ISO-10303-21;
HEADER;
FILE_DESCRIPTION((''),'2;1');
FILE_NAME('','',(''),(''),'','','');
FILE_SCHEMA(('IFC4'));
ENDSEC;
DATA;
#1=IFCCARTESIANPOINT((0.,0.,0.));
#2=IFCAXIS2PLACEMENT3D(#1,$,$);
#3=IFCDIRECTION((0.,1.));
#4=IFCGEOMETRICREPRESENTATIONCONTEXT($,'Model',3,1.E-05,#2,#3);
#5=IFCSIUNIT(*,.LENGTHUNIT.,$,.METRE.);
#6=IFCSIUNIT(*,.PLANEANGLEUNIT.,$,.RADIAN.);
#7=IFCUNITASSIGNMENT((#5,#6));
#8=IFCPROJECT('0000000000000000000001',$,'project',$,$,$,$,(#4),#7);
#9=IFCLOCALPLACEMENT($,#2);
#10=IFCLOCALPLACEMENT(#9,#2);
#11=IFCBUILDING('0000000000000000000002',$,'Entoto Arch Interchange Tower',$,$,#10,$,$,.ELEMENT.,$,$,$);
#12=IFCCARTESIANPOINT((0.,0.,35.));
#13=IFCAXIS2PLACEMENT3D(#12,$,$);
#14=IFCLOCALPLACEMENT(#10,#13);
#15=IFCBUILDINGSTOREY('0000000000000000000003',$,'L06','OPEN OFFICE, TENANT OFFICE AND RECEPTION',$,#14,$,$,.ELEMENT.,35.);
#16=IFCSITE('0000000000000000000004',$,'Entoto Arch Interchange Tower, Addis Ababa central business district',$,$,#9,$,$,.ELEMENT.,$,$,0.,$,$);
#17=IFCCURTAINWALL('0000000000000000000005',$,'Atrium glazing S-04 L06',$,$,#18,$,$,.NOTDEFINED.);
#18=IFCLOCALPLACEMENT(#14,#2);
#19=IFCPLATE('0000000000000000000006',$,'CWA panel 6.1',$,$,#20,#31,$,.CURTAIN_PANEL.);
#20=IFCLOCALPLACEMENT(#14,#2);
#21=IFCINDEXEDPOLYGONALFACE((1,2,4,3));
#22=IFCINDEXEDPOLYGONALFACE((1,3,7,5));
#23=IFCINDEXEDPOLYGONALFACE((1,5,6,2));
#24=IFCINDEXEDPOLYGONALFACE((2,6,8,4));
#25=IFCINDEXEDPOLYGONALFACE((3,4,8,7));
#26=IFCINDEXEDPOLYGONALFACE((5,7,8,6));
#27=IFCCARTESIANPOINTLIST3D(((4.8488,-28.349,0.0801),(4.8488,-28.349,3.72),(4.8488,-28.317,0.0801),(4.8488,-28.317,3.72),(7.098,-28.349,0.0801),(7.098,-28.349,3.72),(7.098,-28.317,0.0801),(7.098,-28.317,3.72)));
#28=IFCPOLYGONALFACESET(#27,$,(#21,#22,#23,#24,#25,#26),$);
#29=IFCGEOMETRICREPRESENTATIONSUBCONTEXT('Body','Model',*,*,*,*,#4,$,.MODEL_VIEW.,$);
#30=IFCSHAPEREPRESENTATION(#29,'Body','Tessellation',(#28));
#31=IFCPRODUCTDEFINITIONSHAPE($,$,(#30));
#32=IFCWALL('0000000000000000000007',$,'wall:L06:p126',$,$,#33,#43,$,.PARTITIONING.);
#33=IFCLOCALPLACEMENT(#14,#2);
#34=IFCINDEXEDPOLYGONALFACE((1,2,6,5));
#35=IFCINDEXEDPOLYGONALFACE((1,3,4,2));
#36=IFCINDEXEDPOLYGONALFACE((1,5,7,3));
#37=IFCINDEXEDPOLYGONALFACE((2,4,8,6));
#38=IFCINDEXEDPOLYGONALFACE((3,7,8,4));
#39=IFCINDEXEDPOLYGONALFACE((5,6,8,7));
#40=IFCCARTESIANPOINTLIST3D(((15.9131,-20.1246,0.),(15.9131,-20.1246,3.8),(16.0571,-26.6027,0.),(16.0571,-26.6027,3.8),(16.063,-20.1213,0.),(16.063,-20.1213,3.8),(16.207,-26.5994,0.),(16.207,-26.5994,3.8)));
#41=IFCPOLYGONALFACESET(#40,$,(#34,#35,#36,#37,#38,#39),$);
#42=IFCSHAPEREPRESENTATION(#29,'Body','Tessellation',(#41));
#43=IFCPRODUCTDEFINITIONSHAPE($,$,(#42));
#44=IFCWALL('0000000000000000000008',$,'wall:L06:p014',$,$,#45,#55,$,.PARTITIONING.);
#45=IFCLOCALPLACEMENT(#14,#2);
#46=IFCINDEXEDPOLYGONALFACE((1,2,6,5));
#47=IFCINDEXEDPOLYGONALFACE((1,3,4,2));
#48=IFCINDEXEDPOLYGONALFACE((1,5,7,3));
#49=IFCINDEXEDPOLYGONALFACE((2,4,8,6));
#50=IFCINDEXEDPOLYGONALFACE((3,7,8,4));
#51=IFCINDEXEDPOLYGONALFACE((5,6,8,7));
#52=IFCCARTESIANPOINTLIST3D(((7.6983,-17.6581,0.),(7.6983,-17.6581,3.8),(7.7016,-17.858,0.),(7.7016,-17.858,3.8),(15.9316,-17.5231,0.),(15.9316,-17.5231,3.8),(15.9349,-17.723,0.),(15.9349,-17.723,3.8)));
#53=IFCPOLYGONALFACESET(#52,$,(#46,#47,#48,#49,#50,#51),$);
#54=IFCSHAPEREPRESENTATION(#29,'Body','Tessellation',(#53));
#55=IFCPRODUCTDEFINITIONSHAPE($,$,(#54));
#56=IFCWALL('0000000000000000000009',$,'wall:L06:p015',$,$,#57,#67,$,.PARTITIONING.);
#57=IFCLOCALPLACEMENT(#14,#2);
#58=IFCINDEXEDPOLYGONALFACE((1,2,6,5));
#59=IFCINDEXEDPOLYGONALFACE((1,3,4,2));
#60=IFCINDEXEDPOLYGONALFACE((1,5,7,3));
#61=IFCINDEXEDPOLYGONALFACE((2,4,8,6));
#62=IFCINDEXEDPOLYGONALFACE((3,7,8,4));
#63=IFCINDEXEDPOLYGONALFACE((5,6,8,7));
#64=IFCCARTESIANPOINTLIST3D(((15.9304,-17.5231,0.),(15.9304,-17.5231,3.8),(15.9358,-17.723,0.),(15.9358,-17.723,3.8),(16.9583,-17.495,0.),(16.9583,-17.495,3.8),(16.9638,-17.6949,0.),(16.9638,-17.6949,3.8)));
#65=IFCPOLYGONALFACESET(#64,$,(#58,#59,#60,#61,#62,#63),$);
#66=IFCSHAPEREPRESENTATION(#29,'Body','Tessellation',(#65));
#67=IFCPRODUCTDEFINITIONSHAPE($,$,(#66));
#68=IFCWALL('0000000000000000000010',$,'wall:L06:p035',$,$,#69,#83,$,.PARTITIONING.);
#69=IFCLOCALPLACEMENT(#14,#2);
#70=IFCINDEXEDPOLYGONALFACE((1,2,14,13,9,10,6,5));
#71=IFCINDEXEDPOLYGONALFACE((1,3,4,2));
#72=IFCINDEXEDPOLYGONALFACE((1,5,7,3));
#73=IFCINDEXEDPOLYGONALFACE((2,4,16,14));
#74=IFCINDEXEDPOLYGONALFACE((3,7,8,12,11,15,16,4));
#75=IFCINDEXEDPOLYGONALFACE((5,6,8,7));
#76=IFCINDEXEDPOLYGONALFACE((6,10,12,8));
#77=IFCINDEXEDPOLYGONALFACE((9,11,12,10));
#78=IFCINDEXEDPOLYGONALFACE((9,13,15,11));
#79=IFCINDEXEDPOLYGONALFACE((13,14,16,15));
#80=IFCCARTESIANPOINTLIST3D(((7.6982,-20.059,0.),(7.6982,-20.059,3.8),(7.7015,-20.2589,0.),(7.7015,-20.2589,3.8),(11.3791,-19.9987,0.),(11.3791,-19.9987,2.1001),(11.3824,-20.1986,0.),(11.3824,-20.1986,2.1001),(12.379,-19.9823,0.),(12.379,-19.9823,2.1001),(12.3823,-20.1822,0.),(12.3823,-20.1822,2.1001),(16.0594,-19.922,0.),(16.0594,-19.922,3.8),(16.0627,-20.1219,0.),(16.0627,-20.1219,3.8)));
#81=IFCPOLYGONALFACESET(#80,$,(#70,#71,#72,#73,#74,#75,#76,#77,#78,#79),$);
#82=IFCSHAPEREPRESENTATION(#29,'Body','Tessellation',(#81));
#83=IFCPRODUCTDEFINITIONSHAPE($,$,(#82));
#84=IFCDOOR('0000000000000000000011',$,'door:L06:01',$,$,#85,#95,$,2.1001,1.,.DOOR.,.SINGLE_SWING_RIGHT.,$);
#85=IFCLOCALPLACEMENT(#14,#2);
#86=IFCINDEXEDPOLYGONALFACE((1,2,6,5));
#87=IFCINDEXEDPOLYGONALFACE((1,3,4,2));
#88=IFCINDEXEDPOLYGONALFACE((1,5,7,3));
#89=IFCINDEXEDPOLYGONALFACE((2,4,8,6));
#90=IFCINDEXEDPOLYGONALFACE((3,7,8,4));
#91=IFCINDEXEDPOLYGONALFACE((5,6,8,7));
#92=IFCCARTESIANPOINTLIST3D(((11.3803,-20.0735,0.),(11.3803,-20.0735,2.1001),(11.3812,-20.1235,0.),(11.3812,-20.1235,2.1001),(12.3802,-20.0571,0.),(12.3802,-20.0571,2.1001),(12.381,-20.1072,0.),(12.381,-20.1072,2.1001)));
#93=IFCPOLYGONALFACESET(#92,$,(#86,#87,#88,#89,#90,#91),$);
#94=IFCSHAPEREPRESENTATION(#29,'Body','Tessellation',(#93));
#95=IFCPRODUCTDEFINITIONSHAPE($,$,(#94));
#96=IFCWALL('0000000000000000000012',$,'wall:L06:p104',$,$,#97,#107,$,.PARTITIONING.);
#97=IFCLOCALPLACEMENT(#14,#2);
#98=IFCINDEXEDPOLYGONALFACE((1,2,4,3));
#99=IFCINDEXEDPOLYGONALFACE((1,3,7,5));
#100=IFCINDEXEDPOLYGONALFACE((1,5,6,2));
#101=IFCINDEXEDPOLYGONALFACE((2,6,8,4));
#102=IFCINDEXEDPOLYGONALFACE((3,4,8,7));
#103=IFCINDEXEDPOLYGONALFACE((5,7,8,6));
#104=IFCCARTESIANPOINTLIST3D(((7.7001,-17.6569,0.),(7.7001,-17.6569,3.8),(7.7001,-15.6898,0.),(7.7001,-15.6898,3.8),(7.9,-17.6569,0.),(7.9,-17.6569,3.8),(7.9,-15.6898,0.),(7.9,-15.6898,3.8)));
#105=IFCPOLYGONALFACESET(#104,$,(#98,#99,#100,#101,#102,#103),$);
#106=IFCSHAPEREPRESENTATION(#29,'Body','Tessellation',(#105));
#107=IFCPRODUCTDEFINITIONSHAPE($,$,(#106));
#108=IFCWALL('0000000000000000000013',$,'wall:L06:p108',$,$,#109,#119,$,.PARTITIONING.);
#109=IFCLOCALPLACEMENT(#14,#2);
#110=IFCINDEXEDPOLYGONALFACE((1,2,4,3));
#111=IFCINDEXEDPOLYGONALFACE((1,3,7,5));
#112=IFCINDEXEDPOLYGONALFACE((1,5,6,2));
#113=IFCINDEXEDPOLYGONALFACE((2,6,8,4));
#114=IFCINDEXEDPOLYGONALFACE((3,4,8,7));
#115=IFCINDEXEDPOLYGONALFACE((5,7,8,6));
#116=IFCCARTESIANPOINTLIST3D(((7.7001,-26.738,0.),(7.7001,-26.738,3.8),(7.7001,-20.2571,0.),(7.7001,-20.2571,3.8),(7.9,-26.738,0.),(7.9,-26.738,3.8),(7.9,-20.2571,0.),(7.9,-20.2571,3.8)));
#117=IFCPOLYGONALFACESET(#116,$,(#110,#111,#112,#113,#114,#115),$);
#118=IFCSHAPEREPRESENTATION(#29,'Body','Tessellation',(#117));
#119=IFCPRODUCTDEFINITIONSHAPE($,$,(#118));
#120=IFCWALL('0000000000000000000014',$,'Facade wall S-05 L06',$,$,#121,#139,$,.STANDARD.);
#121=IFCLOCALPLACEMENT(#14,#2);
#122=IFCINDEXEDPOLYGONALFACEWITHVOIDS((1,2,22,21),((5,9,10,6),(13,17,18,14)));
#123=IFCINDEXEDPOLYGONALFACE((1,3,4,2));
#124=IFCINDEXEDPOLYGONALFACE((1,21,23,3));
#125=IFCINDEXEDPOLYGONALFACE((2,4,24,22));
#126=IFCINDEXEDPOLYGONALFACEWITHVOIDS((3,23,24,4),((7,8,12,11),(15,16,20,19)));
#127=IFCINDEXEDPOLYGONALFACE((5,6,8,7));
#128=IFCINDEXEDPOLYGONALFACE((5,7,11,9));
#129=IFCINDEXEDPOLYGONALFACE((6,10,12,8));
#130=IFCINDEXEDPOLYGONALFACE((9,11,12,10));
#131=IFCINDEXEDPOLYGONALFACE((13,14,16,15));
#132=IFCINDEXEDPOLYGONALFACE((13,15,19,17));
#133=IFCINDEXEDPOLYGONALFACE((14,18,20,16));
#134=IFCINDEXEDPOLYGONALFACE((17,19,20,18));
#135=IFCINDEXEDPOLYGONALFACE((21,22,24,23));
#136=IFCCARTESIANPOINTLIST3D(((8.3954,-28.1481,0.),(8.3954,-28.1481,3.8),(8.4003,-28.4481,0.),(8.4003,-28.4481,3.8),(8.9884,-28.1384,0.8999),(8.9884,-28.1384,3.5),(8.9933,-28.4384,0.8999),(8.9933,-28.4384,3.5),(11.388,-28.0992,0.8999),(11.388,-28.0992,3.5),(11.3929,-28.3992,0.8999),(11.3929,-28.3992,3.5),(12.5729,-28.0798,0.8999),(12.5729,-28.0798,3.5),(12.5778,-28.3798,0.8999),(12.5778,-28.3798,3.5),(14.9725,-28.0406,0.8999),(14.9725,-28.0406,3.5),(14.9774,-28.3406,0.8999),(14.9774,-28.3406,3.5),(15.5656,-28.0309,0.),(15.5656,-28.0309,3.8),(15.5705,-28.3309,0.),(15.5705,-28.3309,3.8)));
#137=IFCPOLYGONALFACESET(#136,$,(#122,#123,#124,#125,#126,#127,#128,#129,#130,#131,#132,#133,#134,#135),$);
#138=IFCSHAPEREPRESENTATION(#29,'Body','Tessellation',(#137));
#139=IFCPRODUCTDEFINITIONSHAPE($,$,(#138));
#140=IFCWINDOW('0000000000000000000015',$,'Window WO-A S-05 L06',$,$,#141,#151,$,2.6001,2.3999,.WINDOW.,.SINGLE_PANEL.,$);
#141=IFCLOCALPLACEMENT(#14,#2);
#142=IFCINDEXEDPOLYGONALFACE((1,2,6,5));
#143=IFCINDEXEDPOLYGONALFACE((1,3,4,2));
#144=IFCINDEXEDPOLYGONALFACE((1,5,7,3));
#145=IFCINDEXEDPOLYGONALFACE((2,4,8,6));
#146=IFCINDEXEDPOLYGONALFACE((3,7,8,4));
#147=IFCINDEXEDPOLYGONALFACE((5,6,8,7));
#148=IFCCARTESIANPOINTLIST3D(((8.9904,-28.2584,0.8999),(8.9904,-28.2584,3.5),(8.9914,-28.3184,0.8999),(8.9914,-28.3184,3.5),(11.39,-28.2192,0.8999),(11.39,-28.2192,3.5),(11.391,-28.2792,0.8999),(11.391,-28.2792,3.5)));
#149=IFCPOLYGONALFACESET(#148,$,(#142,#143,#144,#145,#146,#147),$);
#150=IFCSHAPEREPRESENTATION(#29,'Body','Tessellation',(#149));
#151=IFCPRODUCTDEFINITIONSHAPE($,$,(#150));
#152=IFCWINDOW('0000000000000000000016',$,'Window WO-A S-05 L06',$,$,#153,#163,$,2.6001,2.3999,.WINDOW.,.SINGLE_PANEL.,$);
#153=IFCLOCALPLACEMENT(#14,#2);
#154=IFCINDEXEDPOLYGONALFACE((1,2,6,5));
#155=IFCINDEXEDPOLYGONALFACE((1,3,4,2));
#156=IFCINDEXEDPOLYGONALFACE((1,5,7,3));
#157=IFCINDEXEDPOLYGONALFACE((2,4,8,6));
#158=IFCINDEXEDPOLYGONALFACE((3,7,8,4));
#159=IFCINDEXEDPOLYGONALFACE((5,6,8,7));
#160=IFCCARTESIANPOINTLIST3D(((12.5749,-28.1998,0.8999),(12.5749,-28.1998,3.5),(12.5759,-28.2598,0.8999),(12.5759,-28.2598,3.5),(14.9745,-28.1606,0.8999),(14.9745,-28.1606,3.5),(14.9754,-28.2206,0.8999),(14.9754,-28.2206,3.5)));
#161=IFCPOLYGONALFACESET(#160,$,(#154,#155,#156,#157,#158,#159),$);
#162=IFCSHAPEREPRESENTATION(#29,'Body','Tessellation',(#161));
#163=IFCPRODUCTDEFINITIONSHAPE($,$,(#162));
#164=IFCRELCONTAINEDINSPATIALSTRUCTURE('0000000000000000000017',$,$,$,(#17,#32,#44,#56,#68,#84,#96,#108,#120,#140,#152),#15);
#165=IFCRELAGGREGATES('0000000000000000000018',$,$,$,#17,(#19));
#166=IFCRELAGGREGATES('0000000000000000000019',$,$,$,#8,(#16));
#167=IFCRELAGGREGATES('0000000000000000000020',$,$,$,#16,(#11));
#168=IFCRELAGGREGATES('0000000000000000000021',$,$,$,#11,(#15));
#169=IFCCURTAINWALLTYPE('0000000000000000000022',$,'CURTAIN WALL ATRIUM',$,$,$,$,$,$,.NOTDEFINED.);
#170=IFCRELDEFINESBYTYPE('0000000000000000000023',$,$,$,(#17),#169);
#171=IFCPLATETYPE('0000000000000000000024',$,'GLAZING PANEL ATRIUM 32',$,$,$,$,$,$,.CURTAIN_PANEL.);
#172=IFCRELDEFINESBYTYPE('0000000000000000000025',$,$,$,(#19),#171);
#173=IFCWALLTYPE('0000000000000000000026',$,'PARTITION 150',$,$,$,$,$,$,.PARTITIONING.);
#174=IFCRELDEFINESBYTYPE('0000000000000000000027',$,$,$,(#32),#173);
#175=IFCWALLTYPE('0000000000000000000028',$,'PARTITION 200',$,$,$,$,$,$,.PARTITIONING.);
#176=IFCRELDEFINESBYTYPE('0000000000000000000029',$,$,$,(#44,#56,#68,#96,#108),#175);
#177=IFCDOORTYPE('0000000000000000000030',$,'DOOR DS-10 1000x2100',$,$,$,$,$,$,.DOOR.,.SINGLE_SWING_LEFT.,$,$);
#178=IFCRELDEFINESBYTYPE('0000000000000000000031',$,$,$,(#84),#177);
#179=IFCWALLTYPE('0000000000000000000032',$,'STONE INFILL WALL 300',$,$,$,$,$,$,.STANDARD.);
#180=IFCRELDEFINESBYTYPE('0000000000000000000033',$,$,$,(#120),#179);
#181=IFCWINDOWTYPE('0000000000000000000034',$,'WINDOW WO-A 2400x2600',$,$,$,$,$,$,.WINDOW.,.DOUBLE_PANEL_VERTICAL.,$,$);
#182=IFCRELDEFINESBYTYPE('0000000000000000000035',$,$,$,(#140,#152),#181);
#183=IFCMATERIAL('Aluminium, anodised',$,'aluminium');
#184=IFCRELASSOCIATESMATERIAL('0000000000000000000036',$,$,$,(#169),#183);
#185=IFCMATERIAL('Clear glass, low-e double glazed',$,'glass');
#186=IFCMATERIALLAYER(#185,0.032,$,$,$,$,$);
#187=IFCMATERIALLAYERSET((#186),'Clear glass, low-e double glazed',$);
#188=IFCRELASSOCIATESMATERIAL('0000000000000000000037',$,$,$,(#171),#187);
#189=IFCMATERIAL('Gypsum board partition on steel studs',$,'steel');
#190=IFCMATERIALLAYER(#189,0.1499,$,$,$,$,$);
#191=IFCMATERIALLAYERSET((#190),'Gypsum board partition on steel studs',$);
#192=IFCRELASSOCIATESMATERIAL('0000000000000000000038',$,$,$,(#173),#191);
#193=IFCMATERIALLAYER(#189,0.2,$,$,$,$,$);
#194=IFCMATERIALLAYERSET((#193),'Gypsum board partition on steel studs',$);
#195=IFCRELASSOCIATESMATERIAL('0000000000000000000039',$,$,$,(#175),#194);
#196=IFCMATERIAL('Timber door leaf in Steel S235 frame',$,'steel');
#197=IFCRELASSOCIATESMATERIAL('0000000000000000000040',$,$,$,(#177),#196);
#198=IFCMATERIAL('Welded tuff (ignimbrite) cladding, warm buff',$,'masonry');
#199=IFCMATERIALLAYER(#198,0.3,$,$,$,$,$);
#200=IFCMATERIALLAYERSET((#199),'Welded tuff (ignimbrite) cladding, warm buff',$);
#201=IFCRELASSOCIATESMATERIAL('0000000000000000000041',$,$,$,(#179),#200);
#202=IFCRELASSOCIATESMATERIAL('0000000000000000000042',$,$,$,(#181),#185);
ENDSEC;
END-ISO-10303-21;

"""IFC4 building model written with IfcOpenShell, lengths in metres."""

from ifc_helpers import new_model, si_unit, direction, frame, frame_2d, origin, origin_2d, place, context, subcontext, project, spatial, rectangle, extrude, material, layer, layer_set, type_object, element, fill, aggregate, save


model = new_model("IFC4")

# Units and contexts
model_context = context("Model", 3, precision=1e-05, world=origin(), true_north=direction((0.0, 1.0)))
body_context = subcontext(model_context, "Body", "Model", "MODEL_VIEW")
ifc_project = project(units=[si_unit("LENGTHUNIT", "METRE"), si_unit("PLANEANGLEUNIT", "RADIAN")], contexts=[model_context])

# Site, building, storey
site_placement = place(None, origin())
site = spatial("IfcSite", under=ifc_project, at=site_placement, Name="Entoto Arch Interchange Tower, Addis Ababa central business district", CompositionType="ELEMENT", RefElevation=0.0)
building_placement = place(site_placement, origin())
building = spatial("IfcBuilding", under=site, at=building_placement, Name="Entoto Arch Interchange Tower", CompositionType="ELEMENT")
storey_placement = place(building_placement, frame((0.0, 0.0, 35.0)))
storey = spatial("IfcBuildingStorey", under=building, at=storey_placement, Name="L06", Description="OPEN OFFICE, TENANT OFFICE AND RECEPTION", CompositionType="ELEMENT", Elevation=35.0)

# Curtain wall, plate
ifc_material_1 = material(Name="Aluminium, anodised", Category="aluminium")
curtain_wall_type = type_object("IfcCurtainWallType", Name="CURTAIN WALL ATRIUM", PredefinedType="NOTDEFINED", material=ifc_material_1)
curtain_wall_placement = place(storey_placement, origin())
curtain_wall = element("IfcCurtainWall", 1, at=curtain_wall_placement, inside=storey, type_object=curtain_wall_type, Name="Atrium glazing S-04 L06", PredefinedType="NOTDEFINED")
ifc_material_2 = material(Name="Clear glass, low-e double glazed", Category="glass")
ifc_layer_1 = layer(ifc_material_2, 0.032)
ifc_layer_set_1 = layer_set([ifc_layer_1], Name="Clear glass, low-e double glazed")
plate_type = type_object("IfcPlateType", Name="GLAZING PANEL ATRIUM 32", PredefinedType="CURTAIN_PANEL", material=ifc_layer_set_1)
plate_1_placement = place(storey_placement, frame((5.9734, -28.333, 0.0801), z_axis=(0.0, 0.0, 1.0), x_axis=(1.0, 0.0, 0.0)))
plate_1 = element("IfcPlate", 2, at=plate_1_placement, type_object=plate_type, Name="CWA panel 6.1", PredefinedType="CURTAIN_PANEL", context=body_context, shape_type="SweptSolid", body=[
    extrude(rectangle(XDim=2.2493, YDim=0.032, at=origin_2d()), origin(), (0.0, 0.0, 1.0), 3.6399),
])
aggregate(curtain_wall, [plate_1])

# Walls
ifc_material_3 = material(Name="Gypsum board partition on steel studs", Category="steel")
ifc_layer_2 = layer(ifc_material_3, 0.1499)
ifc_layer_set_2 = layer_set([ifc_layer_2], Name="Gypsum board partition on steel studs")
wall_type_1 = type_object("IfcWallType", Name="PARTITION 150", PredefinedType="PARTITIONING", material=ifc_layer_set_2)
wall_1_placement = place(storey_placement, frame((15.988, -20.123, 0.0), z_axis=(0.0, 0.0, 1.0), x_axis=(0.02223, -0.999753, 0.0)))
element("IfcWall", 3, at=wall_1_placement, inside=storey, type_object=wall_type_1, Name="wall:L06:p126", PredefinedType="PARTITIONING", context=body_context, shape_type="SweptSolid", body=[
    extrude(rectangle(XDim=6.4797, YDim=0.1499, at=frame_2d((3.2397, 0.0))), origin(), (0.0, 0.0, 1.0), 3.8),
])
ifc_layer_3 = layer(ifc_material_3, 0.2)
ifc_layer_set_3 = layer_set([ifc_layer_3], Name="Gypsum board partition on steel studs")
wall_type_2 = type_object("IfcWallType", Name="PARTITION 200", PredefinedType="PARTITIONING", material=ifc_layer_set_3)
wall_2_placement = place(storey_placement, frame((7.7, -17.7581, 0.0), z_axis=(0.0, 0.0, 1.0), x_axis=(0.999866, 0.016396, 0.0)))
element("IfcWall", 4, at=wall_2_placement, inside=storey, type_object=wall_type_2, Name="wall:L06:p014", PredefinedType="PARTITIONING", context=body_context, shape_type="SweptSolid", body=[
    extrude(rectangle(XDim=8.2344, YDim=0.2, at=frame_2d((4.1172, 0.0))), origin(), (0.0, 0.0, 1.0), 3.8),
])
wall_3_placement = place(storey_placement, frame((15.9331, -17.623, 0.0), z_axis=(0.0, 0.0, 1.0), x_axis=(0.999627, 0.027306, 0.0)))
element("IfcWall", 5, at=wall_3_placement, inside=storey, type_object=wall_type_2, Name="wall:L06:p015", PredefinedType="PARTITIONING", context=body_context, shape_type="SweptSolid", body=[
    extrude(rectangle(XDim=1.0283, YDim=0.2, at=frame_2d((0.5142, 0.0))), origin(), (0.0, 0.0, 1.0), 3.8),
])

# Wall, opening, door
wall_4_placement = place(storey_placement, frame((16.061, -20.022, 0.0), z_axis=(0.0, 0.0, 1.0), x_axis=(-0.999866, -0.016379, 0.0)))
wall_4 = element("IfcWall", 6, at=wall_4_placement, inside=storey, type_object=wall_type_2, Name="wall:L06:p035", PredefinedType="PARTITIONING", context=body_context, shape_type="SweptSolid", body=[
    extrude(rectangle(XDim=8.3623, YDim=0.2, at=frame_2d((4.1812, 0.0))), origin(), (0.0, 0.0, 1.0), 3.8),
])
opening_1_placement = place(wall_4_placement, frame((3.6809, 0.0, 0.0)))
opening_1 = element("IfcOpeningElement", 7, at=opening_1_placement, cuts=wall_4, PredefinedType="OPENING", context=body_context, shape_type="SweptSolid", body=[
    extrude(rectangle(XDim=1.0, YDim=2.1001, at=frame_2d((0.5, 1.05))), frame((0.0, 0.1099, 0.0), z_axis=(0.0, -1.0, 0.0), x_axis=(1.0, 0.0, 0.0)), (0.0, 0.0, 1.0), 0.22),
])
ifc_material_4 = material(Name="Timber door leaf in Steel S235 frame", Category="steel")
door_type = type_object("IfcDoorType", Name="DOOR DS-10 1000x2100", OperationType="SINGLE_SWING_LEFT", PredefinedType="DOOR", material=ifc_material_4)
door_placement = place(opening_1_placement, origin())
door = element("IfcDoor", 8, at=door_placement, inside=storey, type_object=door_type, Name="door:L06:01", OperationType="SINGLE_SWING_RIGHT", OverallHeight=2.1001, OverallWidth=1.0, PredefinedType="DOOR", context=body_context, shape_type="SweptSolid", body=[
    extrude(rectangle(XDim=1.0, YDim=2.1001, at=frame_2d((0.5, 1.05))), frame((0.0, 0.0249, 0.0), z_axis=(0.0, -1.0, 0.0), x_axis=(1.0, 0.0, 0.0)), (0.0, 0.0, 1.0), 0.05),
])
fill(opening_1, door)

# Walls
wall_5_placement = place(storey_placement, frame((7.8, -15.6899, 0.0), z_axis=(0.0, 0.0, 1.0), x_axis=(0.0, -1.0, 0.0)))
element("IfcWall", 9, at=wall_5_placement, inside=storey, type_object=wall_type_2, Name="wall:L06:p104", PredefinedType="PARTITIONING", context=body_context, shape_type="SweptSolid", body=[
    extrude(rectangle(XDim=1.967, YDim=0.2, at=frame_2d((0.9834, 0.0))), origin(), (0.0, 0.0, 1.0), 3.8),
])
wall_6_placement = place(storey_placement, frame((7.8, -20.2571, 0.0), z_axis=(0.0, 0.0, 1.0), x_axis=(0.0, -1.0, 0.0)))
element("IfcWall", 10, at=wall_6_placement, inside=storey, type_object=wall_type_2, Name="wall:L06:p108", PredefinedType="PARTITIONING", context=body_context, shape_type="SweptSolid", body=[
    extrude(rectangle(XDim=6.481, YDim=0.2, at=frame_2d((3.2405, 0.0))), origin(), (0.0, 0.0, 1.0), 3.8),
])

# Wall, openings, windows
ifc_material_5 = material(Name="Welded tuff (ignimbrite) cladding, warm buff", Category="masonry")
ifc_layer_4 = layer(ifc_material_5, 0.3)
ifc_layer_set_4 = layer_set([ifc_layer_4], Name="Welded tuff (ignimbrite) cladding, warm buff")
wall_type_3 = type_object("IfcWallType", Name="STONE INFILL WALL 300", PredefinedType="STANDARD", material=ifc_layer_set_4)
wall_7_placement = place(storey_placement, frame((8.3979, -28.2981, 0.0), z_axis=(0.0, 0.0, 1.0), x_axis=(0.999866, 0.016342, 0.0)))
wall_7 = element("IfcWall", 11, at=wall_7_placement, inside=storey, type_object=wall_type_3, Name="Facade wall S-05 L06", PredefinedType="STANDARD", context=body_context, shape_type="SweptSolid", body=[
    extrude(rectangle(XDim=7.1711, YDim=0.3, at=frame_2d((3.5854, 0.0))), origin(), (0.0, 0.0, 1.0), 3.8),
])
opening_2_placement = place(wall_7_placement, frame((0.593, 0.0, 0.8999)))
opening_2 = element("IfcOpeningElement", 12, at=opening_2_placement, cuts=wall_7, PredefinedType="OPENING", context=body_context, shape_type="SweptSolid", body=[
    extrude(rectangle(XDim=2.3999, YDim=2.6001, at=frame_2d((1.2, 1.3))), frame((0.0, 0.1602, 0.0), z_axis=(0.0, -1.0, 0.0), x_axis=(1.0, 0.0, 0.0)), (0.0, 0.0, 1.0), 0.3201),
])
opening_3_placement = place(wall_7_placement, frame((4.178, 0.0, 0.8999)))
opening_3 = element("IfcOpeningElement", 13, at=opening_3_placement, cuts=wall_7, PredefinedType="OPENING", context=body_context, shape_type="SweptSolid", body=[
    extrude(rectangle(XDim=2.3999, YDim=2.6001, at=frame_2d((1.2, 1.3))), frame((0.0, 0.1602, 0.0), z_axis=(0.0, -1.0, 0.0), x_axis=(1.0, 0.0, 0.0)), (0.0, 0.0, 1.0), 0.3201),
])
window_type = type_object("IfcWindowType", Name="WINDOW WO-A 2400x2600", PartitioningType="DOUBLE_PANEL_VERTICAL", PredefinedType="WINDOW", material=ifc_material_2)
window_1_placement = place(opening_2_placement, origin())
window_1 = element("IfcWindow", 14, at=window_1_placement, inside=storey, type_object=window_type, Name="Window WO-A S-05 L06", OverallHeight=2.6001, OverallWidth=2.3999, PartitioningType="SINGLE_PANEL", PredefinedType="WINDOW", context=body_context, shape_type="SweptSolid", body=[
    extrude(rectangle(XDim=2.3999, YDim=2.6001, at=frame_2d((1.2, 1.3))), frame((0.0, 0.03, 0.0), z_axis=(0.0, -1.0, 0.0), x_axis=(1.0, 0.0, 0.0)), (0.0, 0.0, 1.0), 0.0601),
])
fill(opening_2, window_1)
window_2_placement = place(opening_3_placement, origin())
window_2 = element("IfcWindow", 15, at=window_2_placement, inside=storey, type_object=window_type, Name="Window WO-A S-05 L06", OverallHeight=2.6001, OverallWidth=2.3999, PartitioningType="SINGLE_PANEL", PredefinedType="WINDOW", context=body_context, shape_type="SweptSolid", body=[
    extrude(rectangle(XDim=2.3999, YDim=2.6001, at=frame_2d((1.2, 1.3))), frame((0.0, 0.03, 0.0), z_axis=(0.0, -1.0, 0.0), x_axis=(1.0, 0.0, 0.0)), (0.0, 0.0, 1.0), 0.0601),
])
fill(opening_3, window_2)

save(model, "model.ifc")
